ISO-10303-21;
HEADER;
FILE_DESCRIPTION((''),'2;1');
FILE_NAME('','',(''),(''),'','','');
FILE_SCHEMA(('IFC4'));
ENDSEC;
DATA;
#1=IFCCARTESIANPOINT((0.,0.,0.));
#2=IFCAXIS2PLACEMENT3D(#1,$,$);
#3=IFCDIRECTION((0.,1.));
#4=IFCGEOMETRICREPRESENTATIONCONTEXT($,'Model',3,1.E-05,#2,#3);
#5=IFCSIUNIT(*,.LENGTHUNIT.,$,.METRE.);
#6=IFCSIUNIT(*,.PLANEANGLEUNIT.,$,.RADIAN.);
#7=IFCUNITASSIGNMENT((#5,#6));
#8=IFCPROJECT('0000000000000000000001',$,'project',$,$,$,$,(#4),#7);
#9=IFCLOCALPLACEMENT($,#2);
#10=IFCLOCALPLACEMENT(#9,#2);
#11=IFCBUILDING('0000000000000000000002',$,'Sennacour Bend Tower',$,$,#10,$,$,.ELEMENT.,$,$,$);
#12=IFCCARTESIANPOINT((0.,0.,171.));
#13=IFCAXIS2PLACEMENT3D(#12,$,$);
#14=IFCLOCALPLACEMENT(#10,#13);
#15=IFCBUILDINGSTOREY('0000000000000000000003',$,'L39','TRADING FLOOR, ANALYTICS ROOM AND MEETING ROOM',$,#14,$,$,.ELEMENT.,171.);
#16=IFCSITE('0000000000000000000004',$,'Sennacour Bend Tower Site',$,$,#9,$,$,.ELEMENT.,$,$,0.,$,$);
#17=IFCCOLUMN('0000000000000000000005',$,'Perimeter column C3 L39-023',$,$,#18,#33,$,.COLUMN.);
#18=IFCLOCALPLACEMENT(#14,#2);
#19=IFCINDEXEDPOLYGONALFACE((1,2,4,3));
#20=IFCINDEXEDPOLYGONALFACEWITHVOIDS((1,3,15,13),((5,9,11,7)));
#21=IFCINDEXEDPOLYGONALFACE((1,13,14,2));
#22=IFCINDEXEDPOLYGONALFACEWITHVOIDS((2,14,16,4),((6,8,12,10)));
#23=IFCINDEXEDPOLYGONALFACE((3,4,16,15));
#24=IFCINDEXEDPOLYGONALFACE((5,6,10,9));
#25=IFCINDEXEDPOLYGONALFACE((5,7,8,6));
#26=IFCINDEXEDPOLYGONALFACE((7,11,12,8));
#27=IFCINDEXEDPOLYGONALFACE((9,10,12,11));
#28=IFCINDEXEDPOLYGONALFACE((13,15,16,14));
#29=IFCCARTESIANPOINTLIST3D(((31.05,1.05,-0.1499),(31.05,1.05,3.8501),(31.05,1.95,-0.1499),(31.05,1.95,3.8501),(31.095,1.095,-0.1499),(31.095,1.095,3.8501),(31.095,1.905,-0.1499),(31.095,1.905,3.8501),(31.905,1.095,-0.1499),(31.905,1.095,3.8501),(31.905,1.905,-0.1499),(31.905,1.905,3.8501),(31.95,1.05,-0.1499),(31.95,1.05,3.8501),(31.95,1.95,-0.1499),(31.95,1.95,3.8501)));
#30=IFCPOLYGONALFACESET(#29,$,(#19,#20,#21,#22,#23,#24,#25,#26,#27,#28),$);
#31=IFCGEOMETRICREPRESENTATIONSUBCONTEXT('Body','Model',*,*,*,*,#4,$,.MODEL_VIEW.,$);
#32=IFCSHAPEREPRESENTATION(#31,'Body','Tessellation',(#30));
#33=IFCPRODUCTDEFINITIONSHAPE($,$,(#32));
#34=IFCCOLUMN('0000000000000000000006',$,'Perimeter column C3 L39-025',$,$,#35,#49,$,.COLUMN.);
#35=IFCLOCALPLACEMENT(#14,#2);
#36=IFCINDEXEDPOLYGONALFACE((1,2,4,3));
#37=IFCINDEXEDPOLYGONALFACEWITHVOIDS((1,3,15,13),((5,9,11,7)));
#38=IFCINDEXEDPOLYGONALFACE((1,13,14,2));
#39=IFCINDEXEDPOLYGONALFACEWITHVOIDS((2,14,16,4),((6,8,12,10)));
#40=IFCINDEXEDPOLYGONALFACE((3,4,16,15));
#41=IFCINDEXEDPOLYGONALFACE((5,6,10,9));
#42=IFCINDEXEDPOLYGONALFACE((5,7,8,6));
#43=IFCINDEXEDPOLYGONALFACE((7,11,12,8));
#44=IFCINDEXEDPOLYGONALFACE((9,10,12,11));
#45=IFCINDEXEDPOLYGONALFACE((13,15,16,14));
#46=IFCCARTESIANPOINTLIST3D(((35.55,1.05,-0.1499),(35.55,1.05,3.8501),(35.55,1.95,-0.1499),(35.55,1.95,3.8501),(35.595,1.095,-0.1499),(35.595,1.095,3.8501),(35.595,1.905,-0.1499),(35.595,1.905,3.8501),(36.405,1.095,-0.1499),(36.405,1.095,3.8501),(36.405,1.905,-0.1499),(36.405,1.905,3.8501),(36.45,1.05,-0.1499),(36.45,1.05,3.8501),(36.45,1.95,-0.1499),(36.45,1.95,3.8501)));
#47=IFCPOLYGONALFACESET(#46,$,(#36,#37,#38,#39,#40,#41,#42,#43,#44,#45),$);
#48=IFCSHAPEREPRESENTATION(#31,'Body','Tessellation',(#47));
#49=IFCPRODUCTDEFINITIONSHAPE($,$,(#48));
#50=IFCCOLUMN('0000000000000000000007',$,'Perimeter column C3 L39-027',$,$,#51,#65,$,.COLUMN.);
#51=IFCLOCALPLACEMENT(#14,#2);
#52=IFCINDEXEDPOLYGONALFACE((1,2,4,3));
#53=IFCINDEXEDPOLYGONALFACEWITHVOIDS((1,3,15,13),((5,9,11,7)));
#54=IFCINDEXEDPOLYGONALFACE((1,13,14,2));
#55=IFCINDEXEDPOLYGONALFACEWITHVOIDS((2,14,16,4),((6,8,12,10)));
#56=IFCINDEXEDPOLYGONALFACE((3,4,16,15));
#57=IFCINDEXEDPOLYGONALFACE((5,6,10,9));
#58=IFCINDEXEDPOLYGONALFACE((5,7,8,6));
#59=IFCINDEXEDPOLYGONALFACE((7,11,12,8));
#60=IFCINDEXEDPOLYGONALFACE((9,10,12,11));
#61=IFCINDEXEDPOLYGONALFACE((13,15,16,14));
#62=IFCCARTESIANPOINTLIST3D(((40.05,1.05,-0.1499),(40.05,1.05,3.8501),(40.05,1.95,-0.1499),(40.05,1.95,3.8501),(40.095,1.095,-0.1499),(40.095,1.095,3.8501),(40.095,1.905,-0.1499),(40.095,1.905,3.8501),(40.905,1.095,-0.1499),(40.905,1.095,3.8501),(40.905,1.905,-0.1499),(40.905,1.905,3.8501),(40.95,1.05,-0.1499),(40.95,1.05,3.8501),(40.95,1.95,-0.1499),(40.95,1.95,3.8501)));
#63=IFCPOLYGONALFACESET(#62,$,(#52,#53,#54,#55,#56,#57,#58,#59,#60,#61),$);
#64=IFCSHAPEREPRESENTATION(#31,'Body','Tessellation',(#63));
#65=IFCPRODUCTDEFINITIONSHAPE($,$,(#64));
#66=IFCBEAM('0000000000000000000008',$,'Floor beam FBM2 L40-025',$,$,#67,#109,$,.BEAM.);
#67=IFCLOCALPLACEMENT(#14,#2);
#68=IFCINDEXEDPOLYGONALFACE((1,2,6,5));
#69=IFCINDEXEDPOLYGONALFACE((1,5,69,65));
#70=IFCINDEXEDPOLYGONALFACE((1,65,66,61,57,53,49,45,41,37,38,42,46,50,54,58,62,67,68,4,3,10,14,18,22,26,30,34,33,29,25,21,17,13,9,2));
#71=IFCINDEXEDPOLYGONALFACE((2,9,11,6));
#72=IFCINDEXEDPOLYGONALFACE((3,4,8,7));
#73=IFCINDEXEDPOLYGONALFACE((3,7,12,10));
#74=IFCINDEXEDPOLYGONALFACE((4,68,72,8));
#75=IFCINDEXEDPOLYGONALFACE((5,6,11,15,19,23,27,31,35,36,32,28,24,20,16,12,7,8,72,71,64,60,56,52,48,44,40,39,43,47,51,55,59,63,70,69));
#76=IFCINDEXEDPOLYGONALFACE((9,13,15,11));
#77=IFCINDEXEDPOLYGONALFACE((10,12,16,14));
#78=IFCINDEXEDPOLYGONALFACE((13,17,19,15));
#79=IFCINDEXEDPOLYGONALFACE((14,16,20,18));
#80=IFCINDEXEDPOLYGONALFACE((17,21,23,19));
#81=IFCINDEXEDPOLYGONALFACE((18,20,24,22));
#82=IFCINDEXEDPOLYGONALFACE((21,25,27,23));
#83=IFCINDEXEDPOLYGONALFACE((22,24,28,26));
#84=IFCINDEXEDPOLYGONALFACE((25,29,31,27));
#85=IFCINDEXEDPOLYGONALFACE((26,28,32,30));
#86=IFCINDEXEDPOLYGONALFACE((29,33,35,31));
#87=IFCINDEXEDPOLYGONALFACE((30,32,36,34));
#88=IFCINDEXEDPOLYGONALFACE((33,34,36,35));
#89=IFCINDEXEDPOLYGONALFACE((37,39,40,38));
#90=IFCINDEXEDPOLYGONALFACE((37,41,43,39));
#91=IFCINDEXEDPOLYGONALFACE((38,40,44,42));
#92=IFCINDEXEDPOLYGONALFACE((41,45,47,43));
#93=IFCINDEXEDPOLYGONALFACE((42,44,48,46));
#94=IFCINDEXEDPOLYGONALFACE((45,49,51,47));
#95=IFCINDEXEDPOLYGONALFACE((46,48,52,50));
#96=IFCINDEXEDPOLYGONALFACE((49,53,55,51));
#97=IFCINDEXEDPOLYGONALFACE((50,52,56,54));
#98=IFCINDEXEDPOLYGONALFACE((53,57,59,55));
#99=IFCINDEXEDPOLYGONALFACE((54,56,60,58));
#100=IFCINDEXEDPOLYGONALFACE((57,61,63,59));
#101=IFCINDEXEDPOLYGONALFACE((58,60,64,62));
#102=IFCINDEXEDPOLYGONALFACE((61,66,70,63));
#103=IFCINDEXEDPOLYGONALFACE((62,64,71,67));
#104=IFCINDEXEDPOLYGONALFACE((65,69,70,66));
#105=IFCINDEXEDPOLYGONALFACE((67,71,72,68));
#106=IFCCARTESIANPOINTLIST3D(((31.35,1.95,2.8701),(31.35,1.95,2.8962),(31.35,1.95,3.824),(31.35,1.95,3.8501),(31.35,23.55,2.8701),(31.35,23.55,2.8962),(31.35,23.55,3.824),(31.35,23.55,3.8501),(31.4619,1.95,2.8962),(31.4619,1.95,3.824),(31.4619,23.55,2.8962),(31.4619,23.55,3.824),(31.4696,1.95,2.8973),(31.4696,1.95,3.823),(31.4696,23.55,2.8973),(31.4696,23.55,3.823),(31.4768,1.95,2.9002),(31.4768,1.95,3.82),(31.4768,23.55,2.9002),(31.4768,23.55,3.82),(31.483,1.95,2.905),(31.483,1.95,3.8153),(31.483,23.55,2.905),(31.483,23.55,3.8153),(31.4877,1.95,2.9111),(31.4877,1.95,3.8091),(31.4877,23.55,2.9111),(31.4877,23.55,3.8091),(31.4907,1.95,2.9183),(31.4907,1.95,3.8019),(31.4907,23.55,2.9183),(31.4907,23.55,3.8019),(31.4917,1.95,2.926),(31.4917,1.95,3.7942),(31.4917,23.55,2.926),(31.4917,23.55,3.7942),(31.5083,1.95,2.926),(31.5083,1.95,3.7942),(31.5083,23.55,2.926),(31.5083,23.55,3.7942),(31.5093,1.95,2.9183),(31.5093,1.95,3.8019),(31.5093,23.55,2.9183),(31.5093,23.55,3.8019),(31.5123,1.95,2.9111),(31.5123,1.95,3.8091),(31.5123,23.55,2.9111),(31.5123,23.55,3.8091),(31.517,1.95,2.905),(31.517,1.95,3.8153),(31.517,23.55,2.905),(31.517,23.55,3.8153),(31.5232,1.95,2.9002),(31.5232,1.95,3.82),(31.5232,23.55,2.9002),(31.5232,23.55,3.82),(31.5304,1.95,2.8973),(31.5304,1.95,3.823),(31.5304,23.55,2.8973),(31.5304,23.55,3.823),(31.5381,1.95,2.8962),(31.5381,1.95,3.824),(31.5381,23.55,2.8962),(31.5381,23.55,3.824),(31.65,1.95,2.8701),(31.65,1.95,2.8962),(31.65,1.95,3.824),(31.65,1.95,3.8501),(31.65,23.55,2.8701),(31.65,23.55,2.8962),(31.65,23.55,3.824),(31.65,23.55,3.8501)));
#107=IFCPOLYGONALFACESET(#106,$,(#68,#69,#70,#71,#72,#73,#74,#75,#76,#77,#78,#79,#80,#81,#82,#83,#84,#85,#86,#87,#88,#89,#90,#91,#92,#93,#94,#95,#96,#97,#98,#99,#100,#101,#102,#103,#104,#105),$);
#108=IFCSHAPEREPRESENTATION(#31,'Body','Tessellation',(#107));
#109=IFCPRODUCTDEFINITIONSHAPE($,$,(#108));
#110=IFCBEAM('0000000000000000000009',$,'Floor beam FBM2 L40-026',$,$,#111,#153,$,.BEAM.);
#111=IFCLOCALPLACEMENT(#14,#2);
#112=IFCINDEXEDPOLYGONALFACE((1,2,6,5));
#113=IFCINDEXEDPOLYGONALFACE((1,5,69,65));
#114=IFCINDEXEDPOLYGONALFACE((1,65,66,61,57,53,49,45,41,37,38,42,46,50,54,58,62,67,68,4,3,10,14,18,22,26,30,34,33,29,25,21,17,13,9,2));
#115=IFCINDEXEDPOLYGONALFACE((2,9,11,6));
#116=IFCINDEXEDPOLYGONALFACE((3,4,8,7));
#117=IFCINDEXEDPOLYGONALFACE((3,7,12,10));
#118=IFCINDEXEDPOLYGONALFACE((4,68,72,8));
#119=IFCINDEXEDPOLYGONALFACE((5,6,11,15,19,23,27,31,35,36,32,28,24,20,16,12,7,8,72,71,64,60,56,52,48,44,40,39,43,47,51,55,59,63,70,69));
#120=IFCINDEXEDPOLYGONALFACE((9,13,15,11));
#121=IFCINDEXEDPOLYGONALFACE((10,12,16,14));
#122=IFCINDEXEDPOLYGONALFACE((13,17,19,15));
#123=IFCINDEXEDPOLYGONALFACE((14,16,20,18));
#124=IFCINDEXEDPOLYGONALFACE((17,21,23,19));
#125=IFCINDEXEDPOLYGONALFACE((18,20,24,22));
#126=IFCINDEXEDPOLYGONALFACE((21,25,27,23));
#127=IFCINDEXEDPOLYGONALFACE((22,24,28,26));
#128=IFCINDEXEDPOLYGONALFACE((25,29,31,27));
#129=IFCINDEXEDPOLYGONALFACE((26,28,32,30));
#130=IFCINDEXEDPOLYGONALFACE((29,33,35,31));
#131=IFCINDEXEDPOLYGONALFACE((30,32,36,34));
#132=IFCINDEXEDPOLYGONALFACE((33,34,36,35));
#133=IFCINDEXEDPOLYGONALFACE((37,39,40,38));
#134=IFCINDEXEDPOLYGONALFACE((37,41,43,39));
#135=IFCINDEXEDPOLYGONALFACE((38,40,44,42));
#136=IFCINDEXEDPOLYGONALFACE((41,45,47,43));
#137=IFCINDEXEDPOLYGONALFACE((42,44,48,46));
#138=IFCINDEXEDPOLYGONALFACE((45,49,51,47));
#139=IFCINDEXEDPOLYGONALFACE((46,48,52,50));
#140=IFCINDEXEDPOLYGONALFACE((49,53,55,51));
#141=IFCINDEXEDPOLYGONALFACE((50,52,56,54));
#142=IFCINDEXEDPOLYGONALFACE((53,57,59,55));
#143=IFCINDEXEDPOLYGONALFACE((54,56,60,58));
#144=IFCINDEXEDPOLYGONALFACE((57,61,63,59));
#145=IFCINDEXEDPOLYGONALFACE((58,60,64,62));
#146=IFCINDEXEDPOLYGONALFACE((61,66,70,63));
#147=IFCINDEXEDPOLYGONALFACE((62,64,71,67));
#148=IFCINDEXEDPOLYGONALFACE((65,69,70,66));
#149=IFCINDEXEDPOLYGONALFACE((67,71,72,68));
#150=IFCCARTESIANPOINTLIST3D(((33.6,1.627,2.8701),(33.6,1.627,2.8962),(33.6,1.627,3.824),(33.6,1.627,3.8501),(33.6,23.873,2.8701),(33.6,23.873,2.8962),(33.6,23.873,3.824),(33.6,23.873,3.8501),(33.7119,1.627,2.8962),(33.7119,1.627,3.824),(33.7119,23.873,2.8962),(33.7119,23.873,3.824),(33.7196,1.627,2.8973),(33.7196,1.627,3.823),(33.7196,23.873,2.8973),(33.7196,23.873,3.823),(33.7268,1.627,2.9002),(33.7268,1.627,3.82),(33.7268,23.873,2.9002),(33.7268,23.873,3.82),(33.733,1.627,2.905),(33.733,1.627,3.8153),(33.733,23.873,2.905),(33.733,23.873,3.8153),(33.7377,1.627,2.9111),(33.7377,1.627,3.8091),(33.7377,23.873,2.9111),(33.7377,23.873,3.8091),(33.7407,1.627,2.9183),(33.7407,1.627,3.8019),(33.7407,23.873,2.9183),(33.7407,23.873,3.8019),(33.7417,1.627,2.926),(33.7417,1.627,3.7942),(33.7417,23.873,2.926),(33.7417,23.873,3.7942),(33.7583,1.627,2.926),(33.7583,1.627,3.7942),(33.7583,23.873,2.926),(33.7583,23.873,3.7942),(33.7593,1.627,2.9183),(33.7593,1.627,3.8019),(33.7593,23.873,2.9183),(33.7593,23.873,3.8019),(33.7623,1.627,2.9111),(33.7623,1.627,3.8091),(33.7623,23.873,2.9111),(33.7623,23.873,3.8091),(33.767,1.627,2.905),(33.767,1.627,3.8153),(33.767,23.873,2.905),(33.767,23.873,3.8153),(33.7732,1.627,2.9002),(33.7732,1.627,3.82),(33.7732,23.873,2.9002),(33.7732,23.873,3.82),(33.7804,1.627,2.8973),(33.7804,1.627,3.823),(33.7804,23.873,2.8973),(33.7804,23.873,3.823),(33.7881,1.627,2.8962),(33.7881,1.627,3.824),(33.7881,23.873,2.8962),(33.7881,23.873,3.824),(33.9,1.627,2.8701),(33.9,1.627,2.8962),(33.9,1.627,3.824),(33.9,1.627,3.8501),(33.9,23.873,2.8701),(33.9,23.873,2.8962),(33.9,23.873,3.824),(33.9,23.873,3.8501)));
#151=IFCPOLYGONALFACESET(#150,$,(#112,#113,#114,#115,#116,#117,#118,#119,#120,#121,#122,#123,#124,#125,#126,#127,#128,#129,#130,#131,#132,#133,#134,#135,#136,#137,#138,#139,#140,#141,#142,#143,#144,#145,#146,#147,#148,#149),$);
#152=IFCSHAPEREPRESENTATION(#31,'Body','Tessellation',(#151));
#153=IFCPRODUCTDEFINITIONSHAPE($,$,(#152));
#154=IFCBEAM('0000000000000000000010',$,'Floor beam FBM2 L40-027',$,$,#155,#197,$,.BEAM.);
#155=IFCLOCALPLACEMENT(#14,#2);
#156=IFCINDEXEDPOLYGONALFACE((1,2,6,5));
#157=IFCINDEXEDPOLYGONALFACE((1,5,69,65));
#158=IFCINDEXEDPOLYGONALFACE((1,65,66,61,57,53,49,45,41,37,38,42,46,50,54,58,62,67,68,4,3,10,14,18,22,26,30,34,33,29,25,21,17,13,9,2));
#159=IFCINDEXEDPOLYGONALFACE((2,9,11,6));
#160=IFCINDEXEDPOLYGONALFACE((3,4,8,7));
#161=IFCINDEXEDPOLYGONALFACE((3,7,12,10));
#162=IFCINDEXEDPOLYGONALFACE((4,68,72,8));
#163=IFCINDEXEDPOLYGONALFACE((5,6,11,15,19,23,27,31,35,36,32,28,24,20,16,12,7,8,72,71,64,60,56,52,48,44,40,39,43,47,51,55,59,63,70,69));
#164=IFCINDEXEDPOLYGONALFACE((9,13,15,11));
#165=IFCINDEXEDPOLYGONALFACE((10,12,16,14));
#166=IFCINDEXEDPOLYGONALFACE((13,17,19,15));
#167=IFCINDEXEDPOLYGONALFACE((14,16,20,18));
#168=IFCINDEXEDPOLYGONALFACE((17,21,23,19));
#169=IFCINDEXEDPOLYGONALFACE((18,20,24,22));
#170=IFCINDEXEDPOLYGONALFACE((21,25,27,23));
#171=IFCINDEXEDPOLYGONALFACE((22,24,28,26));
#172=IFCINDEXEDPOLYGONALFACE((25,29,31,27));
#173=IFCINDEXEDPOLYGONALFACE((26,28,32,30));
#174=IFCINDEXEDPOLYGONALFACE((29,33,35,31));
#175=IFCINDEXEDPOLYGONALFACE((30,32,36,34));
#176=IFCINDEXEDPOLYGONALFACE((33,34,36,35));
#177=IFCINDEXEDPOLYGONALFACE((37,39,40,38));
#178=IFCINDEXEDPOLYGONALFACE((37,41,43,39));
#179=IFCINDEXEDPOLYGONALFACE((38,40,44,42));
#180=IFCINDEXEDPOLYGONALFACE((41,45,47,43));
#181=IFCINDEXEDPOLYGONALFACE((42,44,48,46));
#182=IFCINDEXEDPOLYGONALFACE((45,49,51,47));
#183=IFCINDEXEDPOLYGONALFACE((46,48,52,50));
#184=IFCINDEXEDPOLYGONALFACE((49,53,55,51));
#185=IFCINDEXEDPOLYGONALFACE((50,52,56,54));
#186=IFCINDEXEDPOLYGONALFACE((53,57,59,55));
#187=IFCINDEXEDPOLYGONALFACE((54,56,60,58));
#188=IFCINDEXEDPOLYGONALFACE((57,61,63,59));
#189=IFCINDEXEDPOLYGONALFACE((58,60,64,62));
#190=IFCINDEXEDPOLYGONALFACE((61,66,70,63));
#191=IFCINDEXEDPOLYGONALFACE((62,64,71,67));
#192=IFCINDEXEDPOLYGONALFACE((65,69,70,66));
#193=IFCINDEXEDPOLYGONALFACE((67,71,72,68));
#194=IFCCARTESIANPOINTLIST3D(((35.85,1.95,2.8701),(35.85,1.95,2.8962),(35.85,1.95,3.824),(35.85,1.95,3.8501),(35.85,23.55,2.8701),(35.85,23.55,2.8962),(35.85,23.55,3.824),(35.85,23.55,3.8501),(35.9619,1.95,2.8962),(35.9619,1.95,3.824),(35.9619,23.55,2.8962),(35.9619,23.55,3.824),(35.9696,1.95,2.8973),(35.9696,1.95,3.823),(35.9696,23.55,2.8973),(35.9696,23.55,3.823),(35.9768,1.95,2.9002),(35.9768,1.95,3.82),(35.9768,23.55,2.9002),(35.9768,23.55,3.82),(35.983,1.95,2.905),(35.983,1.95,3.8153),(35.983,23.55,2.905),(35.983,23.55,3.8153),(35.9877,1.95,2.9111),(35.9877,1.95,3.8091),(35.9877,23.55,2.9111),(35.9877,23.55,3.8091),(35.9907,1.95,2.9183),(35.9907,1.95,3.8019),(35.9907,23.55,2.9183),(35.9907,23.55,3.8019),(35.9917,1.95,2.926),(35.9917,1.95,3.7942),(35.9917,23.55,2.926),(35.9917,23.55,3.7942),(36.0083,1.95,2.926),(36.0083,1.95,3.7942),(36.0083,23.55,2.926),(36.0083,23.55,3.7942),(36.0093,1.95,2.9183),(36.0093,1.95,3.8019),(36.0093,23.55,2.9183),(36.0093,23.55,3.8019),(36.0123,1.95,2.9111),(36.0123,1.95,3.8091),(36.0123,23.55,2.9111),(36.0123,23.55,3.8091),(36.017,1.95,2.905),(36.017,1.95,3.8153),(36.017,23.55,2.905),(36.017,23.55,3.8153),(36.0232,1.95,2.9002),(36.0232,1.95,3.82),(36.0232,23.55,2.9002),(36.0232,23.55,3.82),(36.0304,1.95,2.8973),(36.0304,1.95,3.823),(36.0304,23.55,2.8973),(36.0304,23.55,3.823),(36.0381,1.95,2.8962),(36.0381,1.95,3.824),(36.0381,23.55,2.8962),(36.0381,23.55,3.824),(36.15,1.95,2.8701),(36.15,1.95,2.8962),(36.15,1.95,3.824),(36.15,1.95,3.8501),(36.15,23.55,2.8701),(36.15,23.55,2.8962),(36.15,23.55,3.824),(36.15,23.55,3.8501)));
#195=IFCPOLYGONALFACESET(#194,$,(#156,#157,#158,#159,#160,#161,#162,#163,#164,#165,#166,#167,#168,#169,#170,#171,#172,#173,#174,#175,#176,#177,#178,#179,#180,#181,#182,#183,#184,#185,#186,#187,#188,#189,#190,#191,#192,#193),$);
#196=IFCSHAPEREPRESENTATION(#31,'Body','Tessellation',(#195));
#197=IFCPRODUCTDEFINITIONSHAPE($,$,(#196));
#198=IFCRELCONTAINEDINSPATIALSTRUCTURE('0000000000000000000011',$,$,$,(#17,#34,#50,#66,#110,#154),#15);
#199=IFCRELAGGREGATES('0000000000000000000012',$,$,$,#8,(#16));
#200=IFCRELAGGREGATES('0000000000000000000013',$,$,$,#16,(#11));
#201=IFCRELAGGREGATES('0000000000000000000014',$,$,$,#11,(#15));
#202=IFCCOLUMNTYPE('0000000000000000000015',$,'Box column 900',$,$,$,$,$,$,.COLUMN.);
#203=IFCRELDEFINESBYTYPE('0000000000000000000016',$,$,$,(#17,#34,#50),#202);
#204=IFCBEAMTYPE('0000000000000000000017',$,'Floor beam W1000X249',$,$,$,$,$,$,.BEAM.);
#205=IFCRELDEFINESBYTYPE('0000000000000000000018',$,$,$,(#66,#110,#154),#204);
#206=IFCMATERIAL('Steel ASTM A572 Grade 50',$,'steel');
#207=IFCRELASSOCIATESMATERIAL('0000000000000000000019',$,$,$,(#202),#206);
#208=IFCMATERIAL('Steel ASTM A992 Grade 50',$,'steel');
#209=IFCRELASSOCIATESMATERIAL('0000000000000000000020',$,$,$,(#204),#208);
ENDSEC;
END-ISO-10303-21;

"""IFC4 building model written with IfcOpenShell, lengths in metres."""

from ifc_helpers import new_model, si_unit, direction, frame, origin, origin_2d, place, context, subcontext, project, spatial, hollow_rectangle, i_section, extrude, material, material_profile, profile_set, type_object, element, save


model = new_model("IFC4")

# Units and contexts
model_context = context("Model", 3, precision=1e-05, world=origin(), true_north=direction((0.0, 1.0)))
body_context = subcontext(model_context, "Body", "Model", "MODEL_VIEW")
ifc_project = project(units=[si_unit("LENGTHUNIT", "METRE"), si_unit("PLANEANGLEUNIT", "RADIAN")], contexts=[model_context])

# Site, building, storey
site_placement = place(None, origin())
site = spatial("IfcSite", under=ifc_project, at=site_placement, Name="Sennacour Bend Tower Site", CompositionType="ELEMENT", RefElevation=0.0)
building_placement = place(site_placement, origin())
building = spatial("IfcBuilding", under=site, at=building_placement, Name="Sennacour Bend Tower", CompositionType="ELEMENT")
storey_placement = place(building_placement, frame((0.0, 0.0, 171.0)))
storey = spatial("IfcBuildingStorey", under=building, at=storey_placement, Name="L39", Description="TRADING FLOOR, ANALYTICS ROOM AND MEETING ROOM", CompositionType="ELEMENT", Elevation=171.0)

# Columns
ifc_material_1 = material(Name="Steel ASTM A572 Grade 50", Category="steel")
ifc_material_profile_1 = material_profile(ifc_material_1, hollow_rectangle(XDim=0.8999, YDim=0.8999, WallThickness=0.0449, at=origin_2d()), Name="Steel ASTM A572 Grade 50", Category="steel")
ifc_profile_set_1 = profile_set([ifc_material_profile_1], Name="Steel ASTM A572 Grade 50")
column_type = type_object("IfcColumnType", Name="Box column 900", PredefinedType="COLUMN", material=ifc_profile_set_1)
for number, where, z_axis, x_axis, name in (
    (1, (31.5, 1.5, -0.1499), (0.0, 0.0, 1.0), (1.0, 0.0, 0.0), "Perimeter column C3 L39-023"),
    (2, (36.0, 1.5, -0.1499), (0.0, 0.0, 1.0), (1.0, 0.0, 0.0), "Perimeter column C3 L39-025"),
    (3, (40.5, 1.5, -0.1499), (0.0, 0.0, 1.0), (1.0, 0.0, 0.0), "Perimeter column C3 L39-027"),
):
    element("IfcColumn", number, at=place(storey_placement, frame(where, z_axis=z_axis, x_axis=x_axis)), inside=storey, type_object=column_type, Name=name, PredefinedType="COLUMN", context=body_context, shape_type="SweptSolid", body=[
        extrude(hollow_rectangle(XDim=0.8999, YDim=0.8999, WallThickness=0.0449, at=origin_2d()), origin(), (0.0, 0.0, 1.0), 4.0),
    ])

# Beams
ifc_material_2 = material(Name="Steel ASTM A992 Grade 50", Category="steel")
ifc_material_profile_2 = material_profile(ifc_material_2, i_section(OverallWidth=0.3, OverallDepth=0.98, WebThickness=0.0166, FlangeThickness=0.0261, FilletRadius=0.0298, at=origin_2d()), Name="Steel ASTM A992 Grade 50", Category="steel")
ifc_profile_set_2 = profile_set([ifc_material_profile_2], Name="Steel ASTM A992 Grade 50")
beam_type_1 = type_object("IfcBeamType", Name="Floor beam W1000X249", PredefinedType="BEAM", material=ifc_profile_set_2)
beam_1_placement = place(storey_placement, frame((31.5, 1.95, 3.3601), z_axis=(0.0, 1.0, 0.0), x_axis=(-1.0, 0.0, 0.0)))
element("IfcBeam", 4, at=beam_1_placement, inside=storey, type_object=beam_type_1, Name="Floor beam FBM2 L40-025", PredefinedType="BEAM", context=body_context, shape_type="SweptSolid", body=[
    extrude(i_section(OverallWidth=0.3, OverallDepth=0.98, WebThickness=0.0166, FlangeThickness=0.0261, FilletRadius=0.0298, at=origin_2d()), origin(), (0.0, 0.0, 1.0), 21.6001),
])
beam_2_placement = place(storey_placement, frame((33.75, 1.627, 3.3601), z_axis=(0.0, 1.0, 0.0), x_axis=(-1.0, 0.0, 0.0)))
element("IfcBeam", 5, at=beam_2_placement, inside=storey, type_object=beam_type_1, Name="Floor beam FBM2 L40-026", PredefinedType="BEAM", context=body_context, shape_type="SweptSolid", body=[
    extrude(i_section(OverallWidth=0.3, OverallDepth=0.98, WebThickness=0.0166, FlangeThickness=0.0261, FilletRadius=0.0298, at=origin_2d()), origin(), (0.0, 0.0, 1.0), 22.2461),
])
beam_3_placement = place(storey_placement, frame((36.0, 1.95, 3.3601), z_axis=(0.0, 1.0, 0.0), x_axis=(-1.0, 0.0, 0.0)))
element("IfcBeam", 6, at=beam_3_placement, inside=storey, type_object=beam_type_1, Name="Floor beam FBM2 L40-027", PredefinedType="BEAM", context=body_context, shape_type="SweptSolid", body=[
    extrude(i_section(OverallWidth=0.3, OverallDepth=0.98, WebThickness=0.0166, FlangeThickness=0.0261, FilletRadius=0.0298, at=origin_2d()), origin(), (0.0, 0.0, 1.0), 21.6001),
])

save(model, "model.ifc")
